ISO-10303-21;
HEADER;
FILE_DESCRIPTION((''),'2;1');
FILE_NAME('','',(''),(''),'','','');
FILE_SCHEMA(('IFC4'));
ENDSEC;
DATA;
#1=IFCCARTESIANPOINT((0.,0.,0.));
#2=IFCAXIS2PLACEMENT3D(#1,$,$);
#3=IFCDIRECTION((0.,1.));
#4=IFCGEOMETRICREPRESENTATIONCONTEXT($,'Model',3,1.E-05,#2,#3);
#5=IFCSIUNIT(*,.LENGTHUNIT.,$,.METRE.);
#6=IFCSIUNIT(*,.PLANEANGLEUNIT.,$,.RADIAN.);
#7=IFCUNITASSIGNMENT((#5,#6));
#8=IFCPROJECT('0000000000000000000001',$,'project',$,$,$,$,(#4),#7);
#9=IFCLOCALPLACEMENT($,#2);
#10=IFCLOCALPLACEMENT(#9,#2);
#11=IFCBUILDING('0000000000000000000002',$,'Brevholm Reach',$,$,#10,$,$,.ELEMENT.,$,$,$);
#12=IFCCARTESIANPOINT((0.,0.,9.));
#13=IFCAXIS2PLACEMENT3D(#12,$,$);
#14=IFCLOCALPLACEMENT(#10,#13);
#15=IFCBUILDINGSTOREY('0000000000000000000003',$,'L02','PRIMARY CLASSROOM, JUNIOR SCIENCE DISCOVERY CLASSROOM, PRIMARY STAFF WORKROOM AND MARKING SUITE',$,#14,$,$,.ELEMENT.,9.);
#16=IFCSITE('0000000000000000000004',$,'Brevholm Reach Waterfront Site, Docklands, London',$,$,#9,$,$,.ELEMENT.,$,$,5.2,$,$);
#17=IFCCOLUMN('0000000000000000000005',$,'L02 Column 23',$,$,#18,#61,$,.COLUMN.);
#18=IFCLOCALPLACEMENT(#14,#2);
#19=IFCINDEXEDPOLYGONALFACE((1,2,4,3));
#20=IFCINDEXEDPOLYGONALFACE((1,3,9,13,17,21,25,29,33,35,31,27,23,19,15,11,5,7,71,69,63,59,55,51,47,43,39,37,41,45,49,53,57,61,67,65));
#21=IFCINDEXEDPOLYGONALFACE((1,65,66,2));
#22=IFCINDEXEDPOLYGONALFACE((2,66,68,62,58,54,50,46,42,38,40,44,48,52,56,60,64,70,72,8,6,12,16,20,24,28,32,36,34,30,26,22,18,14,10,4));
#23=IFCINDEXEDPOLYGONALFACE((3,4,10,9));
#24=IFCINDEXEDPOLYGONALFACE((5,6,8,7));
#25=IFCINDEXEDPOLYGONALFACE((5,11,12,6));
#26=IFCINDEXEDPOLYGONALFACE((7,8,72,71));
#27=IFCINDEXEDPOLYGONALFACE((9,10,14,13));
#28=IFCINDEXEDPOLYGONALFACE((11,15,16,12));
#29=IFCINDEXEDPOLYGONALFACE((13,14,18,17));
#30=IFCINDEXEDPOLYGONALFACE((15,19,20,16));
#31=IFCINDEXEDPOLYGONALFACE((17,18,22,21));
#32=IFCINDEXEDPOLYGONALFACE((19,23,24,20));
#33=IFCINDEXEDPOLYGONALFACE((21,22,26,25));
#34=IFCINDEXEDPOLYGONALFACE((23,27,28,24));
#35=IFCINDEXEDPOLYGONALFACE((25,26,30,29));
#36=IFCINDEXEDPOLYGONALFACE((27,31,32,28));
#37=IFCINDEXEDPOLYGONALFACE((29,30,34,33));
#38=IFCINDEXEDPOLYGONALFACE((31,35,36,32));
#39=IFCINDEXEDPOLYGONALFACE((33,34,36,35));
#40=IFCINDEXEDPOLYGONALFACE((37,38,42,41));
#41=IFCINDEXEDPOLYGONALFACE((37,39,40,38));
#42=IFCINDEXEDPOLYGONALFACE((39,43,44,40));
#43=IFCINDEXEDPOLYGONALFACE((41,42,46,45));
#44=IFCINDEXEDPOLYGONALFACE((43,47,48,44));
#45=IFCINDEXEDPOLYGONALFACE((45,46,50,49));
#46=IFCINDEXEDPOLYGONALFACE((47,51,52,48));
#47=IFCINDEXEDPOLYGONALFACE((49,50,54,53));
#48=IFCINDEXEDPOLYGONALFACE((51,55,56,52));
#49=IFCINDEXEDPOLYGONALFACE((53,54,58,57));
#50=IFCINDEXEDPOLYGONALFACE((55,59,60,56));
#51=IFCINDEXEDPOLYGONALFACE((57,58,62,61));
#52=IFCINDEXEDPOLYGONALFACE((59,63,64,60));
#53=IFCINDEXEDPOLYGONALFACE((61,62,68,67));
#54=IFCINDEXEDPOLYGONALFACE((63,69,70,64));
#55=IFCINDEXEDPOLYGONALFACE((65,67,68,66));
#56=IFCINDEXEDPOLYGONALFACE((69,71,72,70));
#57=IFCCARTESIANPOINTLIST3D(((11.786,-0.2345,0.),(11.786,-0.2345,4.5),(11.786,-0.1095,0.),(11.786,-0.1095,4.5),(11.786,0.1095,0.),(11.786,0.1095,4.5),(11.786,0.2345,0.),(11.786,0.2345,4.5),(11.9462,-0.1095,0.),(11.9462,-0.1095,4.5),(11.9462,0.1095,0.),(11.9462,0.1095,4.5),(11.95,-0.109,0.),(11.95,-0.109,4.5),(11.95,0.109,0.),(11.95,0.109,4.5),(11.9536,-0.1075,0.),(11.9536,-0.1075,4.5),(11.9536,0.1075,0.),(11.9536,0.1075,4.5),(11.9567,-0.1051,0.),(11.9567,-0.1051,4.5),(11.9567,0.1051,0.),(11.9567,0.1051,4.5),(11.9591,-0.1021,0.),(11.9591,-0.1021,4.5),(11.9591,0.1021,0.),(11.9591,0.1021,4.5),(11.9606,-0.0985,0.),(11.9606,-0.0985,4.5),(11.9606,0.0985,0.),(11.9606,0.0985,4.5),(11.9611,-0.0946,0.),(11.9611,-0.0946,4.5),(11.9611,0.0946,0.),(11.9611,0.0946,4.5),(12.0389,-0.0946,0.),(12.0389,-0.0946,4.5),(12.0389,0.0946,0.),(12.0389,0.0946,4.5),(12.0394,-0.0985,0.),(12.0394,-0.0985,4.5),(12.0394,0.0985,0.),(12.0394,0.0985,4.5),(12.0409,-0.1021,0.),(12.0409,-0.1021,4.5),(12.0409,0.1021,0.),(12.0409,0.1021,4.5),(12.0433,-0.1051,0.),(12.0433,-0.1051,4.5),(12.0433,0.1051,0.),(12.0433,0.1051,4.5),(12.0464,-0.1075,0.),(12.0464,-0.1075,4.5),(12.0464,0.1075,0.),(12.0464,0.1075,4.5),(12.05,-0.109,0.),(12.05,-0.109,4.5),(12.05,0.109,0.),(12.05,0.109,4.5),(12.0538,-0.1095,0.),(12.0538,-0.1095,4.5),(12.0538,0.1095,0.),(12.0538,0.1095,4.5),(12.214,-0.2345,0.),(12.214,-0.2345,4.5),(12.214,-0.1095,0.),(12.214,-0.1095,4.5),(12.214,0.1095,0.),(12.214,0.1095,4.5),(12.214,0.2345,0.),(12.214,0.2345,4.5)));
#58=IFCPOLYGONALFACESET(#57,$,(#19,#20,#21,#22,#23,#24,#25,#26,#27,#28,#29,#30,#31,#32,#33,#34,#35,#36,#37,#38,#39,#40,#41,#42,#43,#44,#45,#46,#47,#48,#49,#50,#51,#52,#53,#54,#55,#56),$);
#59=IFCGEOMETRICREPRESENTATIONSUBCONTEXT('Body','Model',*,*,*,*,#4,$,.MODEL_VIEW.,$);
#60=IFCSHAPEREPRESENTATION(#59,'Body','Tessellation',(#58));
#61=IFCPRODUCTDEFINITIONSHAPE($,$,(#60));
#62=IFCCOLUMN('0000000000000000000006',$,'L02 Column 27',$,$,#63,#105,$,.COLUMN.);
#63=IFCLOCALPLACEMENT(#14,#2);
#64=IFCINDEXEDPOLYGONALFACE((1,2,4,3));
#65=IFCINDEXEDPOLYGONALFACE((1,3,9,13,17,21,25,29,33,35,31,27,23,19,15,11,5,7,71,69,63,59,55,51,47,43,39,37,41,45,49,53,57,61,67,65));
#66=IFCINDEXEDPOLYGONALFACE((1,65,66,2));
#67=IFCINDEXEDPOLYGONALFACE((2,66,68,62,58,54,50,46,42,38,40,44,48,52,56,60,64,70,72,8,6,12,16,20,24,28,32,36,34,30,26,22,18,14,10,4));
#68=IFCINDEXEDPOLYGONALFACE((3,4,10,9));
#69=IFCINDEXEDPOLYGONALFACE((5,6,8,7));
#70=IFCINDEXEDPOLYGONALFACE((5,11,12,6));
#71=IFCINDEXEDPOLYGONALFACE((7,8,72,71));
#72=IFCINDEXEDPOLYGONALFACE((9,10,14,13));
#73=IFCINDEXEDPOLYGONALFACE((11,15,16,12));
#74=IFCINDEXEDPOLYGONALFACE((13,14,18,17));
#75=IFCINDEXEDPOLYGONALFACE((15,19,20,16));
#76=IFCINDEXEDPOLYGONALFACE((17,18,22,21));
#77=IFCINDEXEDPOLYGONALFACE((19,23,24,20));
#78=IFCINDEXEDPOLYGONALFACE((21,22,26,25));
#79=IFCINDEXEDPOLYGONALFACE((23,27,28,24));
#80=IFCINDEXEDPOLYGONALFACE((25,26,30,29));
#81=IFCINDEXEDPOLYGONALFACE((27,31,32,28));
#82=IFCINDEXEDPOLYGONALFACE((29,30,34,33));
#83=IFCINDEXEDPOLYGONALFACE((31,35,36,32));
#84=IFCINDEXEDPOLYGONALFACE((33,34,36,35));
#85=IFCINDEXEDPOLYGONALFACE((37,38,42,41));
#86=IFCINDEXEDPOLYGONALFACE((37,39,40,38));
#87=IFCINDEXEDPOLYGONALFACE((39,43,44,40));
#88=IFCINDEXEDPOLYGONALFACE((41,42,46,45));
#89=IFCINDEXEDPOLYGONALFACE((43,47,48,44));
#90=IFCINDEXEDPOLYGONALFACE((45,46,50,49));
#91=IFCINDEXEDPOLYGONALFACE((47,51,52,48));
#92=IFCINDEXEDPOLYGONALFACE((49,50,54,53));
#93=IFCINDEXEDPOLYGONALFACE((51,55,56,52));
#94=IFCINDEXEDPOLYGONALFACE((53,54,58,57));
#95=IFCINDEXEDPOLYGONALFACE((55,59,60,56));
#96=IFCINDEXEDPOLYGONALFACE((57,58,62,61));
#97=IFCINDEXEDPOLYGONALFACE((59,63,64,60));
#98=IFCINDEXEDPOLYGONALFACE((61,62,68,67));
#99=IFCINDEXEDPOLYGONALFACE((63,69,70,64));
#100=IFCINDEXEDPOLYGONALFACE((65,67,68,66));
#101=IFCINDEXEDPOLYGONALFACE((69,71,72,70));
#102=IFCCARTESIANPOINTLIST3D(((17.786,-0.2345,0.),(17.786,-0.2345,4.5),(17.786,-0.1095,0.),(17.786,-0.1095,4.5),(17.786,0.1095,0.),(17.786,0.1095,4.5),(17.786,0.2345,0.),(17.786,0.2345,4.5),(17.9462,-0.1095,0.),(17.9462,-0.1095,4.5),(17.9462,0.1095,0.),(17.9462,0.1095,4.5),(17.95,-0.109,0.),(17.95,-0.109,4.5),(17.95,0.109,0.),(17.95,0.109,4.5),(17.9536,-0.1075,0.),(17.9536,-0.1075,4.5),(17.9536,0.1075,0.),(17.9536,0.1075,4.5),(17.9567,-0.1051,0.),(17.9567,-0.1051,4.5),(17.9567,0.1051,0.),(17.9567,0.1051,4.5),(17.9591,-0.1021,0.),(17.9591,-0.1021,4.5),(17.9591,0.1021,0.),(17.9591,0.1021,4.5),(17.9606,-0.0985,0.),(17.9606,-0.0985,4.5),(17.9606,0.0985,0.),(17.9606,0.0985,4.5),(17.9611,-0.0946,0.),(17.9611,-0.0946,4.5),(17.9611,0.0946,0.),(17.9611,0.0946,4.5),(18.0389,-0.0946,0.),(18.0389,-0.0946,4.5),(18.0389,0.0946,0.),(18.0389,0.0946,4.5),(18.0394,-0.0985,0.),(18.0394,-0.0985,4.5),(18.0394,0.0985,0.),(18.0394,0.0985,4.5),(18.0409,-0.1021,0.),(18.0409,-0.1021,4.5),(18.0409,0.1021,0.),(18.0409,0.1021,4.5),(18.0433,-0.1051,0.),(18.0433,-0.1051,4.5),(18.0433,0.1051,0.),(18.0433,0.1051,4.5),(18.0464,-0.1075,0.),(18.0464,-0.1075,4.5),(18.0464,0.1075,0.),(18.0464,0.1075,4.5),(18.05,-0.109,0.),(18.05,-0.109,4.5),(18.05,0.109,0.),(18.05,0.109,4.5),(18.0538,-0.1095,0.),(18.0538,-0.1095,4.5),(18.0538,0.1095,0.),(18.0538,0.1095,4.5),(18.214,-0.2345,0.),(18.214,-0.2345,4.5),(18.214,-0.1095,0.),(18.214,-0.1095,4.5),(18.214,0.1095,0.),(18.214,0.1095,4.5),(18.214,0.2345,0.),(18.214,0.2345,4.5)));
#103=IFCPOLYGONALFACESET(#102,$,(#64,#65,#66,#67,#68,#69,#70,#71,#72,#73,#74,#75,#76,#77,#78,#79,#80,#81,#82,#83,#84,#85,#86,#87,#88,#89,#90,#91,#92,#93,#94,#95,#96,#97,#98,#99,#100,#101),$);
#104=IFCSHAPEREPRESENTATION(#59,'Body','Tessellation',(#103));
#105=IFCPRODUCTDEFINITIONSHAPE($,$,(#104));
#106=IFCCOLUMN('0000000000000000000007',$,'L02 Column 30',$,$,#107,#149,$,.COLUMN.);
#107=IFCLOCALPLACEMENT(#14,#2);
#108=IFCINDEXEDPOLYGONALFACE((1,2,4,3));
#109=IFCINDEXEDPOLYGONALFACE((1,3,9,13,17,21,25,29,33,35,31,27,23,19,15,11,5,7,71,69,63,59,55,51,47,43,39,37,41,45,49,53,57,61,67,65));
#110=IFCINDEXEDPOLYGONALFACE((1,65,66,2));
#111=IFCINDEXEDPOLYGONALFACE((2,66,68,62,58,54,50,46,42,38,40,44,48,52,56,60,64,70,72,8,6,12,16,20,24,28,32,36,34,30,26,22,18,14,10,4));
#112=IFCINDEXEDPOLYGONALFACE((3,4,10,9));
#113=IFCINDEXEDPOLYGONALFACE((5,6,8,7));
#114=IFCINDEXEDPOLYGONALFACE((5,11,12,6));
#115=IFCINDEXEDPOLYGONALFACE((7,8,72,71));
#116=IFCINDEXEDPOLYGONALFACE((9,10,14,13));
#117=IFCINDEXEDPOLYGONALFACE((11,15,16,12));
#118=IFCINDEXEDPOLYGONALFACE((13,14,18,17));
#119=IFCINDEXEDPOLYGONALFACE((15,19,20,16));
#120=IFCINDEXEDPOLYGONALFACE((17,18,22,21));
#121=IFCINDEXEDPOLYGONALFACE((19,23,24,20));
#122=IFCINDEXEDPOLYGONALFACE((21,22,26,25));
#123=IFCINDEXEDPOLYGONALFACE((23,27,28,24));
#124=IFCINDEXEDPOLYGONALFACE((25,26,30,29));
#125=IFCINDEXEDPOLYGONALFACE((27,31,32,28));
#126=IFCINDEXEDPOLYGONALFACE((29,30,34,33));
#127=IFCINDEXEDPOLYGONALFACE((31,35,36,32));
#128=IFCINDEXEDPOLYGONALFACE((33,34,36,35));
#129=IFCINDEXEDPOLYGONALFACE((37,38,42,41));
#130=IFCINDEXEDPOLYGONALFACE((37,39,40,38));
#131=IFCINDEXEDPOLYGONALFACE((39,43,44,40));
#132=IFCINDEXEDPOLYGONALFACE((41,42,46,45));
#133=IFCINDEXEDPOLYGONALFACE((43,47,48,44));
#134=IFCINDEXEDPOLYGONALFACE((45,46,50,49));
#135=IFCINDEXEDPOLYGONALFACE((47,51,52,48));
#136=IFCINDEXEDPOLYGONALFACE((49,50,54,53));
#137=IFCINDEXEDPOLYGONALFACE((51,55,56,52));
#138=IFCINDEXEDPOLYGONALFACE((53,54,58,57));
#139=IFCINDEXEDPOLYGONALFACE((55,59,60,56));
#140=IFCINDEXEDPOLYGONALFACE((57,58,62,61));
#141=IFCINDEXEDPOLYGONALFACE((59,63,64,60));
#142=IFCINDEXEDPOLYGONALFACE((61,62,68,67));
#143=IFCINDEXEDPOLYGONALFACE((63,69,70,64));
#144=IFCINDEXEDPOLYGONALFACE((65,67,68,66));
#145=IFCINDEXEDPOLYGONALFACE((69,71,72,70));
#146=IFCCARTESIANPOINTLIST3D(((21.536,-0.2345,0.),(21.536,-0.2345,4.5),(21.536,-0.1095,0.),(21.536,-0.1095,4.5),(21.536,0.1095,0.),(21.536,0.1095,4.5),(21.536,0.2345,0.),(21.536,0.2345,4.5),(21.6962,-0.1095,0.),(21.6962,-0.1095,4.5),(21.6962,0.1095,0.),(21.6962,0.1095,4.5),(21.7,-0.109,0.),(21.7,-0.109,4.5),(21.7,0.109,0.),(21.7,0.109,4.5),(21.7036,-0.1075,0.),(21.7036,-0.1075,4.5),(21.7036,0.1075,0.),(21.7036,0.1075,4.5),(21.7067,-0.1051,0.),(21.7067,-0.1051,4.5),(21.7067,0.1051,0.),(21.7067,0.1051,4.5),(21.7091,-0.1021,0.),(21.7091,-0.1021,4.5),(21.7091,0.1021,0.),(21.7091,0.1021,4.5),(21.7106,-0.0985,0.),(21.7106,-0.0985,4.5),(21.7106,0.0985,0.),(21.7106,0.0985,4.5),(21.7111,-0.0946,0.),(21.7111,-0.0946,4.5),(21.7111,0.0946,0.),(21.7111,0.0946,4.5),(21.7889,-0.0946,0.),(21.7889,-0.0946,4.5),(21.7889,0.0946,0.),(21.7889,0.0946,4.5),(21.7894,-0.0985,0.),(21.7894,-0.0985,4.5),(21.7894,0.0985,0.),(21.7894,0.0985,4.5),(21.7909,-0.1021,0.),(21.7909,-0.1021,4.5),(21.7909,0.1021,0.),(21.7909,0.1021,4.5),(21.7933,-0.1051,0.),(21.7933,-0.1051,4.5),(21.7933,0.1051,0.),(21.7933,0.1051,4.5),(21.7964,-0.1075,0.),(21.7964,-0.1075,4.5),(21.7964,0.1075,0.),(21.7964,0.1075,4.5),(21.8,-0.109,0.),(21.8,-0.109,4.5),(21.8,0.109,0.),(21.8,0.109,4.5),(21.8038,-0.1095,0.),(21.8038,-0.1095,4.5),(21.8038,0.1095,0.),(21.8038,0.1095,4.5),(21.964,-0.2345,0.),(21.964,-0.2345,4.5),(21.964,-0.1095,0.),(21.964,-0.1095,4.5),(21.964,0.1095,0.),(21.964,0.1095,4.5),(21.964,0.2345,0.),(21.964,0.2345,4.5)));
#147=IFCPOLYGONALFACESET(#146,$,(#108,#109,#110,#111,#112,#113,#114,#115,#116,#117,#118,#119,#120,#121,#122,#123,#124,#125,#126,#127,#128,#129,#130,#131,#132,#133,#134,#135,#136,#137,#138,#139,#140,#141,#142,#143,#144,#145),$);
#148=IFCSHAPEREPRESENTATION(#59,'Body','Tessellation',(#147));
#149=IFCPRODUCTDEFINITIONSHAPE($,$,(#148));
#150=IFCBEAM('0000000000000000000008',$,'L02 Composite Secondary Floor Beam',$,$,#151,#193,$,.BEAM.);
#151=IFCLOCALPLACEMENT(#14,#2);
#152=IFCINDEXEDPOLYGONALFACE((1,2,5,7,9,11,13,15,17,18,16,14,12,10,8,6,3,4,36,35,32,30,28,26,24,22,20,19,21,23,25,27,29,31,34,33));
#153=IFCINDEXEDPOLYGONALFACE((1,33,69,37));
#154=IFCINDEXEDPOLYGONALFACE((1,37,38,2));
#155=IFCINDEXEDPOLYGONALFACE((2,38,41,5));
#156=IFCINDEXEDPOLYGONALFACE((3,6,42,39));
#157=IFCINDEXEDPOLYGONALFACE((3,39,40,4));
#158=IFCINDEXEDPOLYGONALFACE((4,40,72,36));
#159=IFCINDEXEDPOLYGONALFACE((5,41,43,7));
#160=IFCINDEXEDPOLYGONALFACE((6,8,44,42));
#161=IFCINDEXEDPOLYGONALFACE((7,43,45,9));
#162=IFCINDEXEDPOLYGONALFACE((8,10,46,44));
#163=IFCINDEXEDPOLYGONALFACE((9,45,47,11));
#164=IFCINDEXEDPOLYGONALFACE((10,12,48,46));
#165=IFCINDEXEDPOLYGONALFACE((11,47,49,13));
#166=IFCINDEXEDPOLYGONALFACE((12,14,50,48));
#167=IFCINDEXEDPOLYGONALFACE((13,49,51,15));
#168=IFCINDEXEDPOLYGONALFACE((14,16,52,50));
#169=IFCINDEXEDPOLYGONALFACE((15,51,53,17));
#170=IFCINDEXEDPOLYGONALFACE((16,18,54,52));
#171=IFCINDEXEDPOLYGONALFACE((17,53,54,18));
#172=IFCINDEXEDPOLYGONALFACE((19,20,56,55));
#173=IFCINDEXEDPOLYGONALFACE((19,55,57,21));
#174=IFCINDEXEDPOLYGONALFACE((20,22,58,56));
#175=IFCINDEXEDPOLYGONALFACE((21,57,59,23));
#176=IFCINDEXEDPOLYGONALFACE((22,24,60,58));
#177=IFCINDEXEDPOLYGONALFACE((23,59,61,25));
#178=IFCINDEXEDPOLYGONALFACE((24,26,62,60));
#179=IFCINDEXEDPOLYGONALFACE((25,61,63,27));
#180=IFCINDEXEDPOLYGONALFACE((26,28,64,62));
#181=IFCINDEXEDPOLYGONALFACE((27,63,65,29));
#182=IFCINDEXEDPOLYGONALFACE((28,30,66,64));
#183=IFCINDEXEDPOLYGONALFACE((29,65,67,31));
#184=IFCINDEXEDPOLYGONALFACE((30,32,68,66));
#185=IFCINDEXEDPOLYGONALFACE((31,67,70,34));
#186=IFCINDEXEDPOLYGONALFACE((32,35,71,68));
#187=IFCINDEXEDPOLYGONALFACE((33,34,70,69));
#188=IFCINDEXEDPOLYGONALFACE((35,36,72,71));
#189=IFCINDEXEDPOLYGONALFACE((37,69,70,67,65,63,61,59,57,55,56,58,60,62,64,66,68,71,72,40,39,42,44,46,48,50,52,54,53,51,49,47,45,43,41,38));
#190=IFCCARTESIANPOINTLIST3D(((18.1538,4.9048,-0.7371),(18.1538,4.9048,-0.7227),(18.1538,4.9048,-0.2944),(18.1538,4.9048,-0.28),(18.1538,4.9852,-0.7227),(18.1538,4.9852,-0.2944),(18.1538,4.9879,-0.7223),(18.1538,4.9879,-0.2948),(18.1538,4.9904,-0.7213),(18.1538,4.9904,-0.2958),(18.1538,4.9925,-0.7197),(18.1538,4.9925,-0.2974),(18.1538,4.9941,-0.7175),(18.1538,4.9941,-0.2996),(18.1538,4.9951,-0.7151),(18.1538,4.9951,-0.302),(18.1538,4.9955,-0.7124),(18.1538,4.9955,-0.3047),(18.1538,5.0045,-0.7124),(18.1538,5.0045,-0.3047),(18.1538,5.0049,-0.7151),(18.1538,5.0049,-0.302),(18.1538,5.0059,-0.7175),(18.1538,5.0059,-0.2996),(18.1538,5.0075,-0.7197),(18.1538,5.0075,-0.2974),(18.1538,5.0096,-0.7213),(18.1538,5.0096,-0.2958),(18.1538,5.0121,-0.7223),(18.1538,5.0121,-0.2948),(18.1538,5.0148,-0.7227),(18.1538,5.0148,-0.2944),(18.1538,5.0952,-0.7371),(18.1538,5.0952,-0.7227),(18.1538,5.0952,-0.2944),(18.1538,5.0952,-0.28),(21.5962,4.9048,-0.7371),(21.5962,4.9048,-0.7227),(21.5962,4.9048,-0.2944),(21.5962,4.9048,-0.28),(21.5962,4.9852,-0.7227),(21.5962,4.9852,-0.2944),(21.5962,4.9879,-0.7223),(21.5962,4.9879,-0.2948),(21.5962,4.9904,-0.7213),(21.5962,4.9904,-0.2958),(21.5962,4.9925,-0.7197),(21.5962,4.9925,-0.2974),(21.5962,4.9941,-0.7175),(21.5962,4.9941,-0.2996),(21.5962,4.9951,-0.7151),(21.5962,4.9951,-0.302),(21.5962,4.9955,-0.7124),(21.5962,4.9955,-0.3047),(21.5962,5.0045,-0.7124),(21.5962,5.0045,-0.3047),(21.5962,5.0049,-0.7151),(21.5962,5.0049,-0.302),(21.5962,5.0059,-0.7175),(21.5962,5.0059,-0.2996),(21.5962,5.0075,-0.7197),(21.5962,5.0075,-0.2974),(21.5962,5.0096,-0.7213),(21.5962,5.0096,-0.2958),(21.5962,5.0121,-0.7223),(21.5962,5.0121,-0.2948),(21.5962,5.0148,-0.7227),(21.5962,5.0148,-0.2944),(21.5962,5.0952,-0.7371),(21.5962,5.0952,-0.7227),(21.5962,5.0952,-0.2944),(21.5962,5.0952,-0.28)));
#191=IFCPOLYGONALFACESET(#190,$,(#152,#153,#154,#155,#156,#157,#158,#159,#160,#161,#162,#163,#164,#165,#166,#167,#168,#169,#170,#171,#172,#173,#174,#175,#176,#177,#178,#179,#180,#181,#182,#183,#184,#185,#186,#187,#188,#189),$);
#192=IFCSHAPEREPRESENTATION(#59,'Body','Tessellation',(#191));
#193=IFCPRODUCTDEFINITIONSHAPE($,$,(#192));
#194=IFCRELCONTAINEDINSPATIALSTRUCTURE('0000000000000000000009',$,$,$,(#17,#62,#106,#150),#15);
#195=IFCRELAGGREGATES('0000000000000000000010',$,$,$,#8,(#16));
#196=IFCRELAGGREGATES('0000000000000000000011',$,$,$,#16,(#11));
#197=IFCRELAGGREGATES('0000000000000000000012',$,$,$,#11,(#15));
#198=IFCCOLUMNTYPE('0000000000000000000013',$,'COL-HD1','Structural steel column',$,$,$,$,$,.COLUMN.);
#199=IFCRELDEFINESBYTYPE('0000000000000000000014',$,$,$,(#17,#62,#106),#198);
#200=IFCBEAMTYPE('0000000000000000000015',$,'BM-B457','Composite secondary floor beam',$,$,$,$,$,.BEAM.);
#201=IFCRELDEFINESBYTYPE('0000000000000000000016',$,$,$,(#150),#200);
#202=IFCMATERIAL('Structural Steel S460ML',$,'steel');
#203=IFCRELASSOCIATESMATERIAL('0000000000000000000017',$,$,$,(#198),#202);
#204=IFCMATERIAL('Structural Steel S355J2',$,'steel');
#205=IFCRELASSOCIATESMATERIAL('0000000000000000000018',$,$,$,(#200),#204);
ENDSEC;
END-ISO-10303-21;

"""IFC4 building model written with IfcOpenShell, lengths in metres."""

from ifc_helpers import new_model, si_unit, direction, frame, origin, origin_2d, place, context, subcontext, project, spatial, i_section, extrude, material, material_profile, profile_set, type_object, element, save


model = new_model("IFC4")

# Units and contexts
model_context = context("Model", 3, precision=1e-05, world=origin(), true_north=direction((0.0, 1.0)))
body_context = subcontext(model_context, "Body", "Model", "MODEL_VIEW")
ifc_project = project(units=[si_unit("LENGTHUNIT", "METRE"), si_unit("PLANEANGLEUNIT", "RADIAN")], contexts=[model_context])

# Site, building, storey
site_placement = place(None, origin())
site = spatial("IfcSite", under=ifc_project, at=site_placement, Name="Brevholm Reach Waterfront Site, Docklands, London", CompositionType="ELEMENT", RefElevation=5.2)
building_placement = place(site_placement, origin())
building = spatial("IfcBuilding", under=site, at=building_placement, Name="Brevholm Reach", CompositionType="ELEMENT")
storey_placement = place(building_placement, frame((0.0, 0.0, 9.0)))
storey = spatial("IfcBuildingStorey", under=building, at=storey_placement, Name="L02", Description="PRIMARY CLASSROOM, JUNIOR SCIENCE DISCOVERY CLASSROOM, PRIMARY STAFF WORKROOM AND MARKING SUITE", CompositionType="ELEMENT", Elevation=9.0)

# Columns
ifc_material_1 = material(Name="Structural Steel S460ML", Category="steel")
ifc_material_profile_1 = material_profile(ifc_material_1, i_section(OverallWidth=0.428, OverallDepth=0.469, WebThickness=0.0779, FlangeThickness=0.125, FilletRadius=0.0149, at=origin_2d()), Name="HD 400x1086")
ifc_profile_set_1 = profile_set([ifc_material_profile_1], Name="Structural Steel S460ML")
column_type = type_object("IfcColumnType", Name="COL-HD1", Description="Structural steel column", PredefinedType="COLUMN", material=ifc_profile_set_1)
for number, where, z_axis, x_axis, name in (
    (1, (12.0, 0.0, 0.0), (0.0, 0.0, 1.0), (1.0, 0.0, 0.0), "L02 Column 23"),
    (2, (18.0, 0.0, 0.0), (0.0, 0.0, 1.0), (1.0, 0.0, 0.0), "L02 Column 27"),
    (3, (21.75, 0.0, 0.0), (0.0, 0.0, 1.0), (1.0, 0.0, 0.0), "L02 Column 30"),
):
    element("IfcColumn", number, at=place(storey_placement, frame(where, z_axis=z_axis, x_axis=x_axis)), inside=storey, type_object=column_type, Name=name, PredefinedType="COLUMN", context=body_context, shape_type="SweptSolid", body=[
        extrude(i_section(OverallWidth=0.428, OverallDepth=0.469, WebThickness=0.0779, FlangeThickness=0.125, FilletRadius=0.0149, at=origin_2d()), origin(), (0.0, 0.0, 1.0), 4.5),
    ])

# Beam
ifc_material_2 = material(Name="Structural Steel S355J2", Category="steel")
ifc_material_profile_2 = material_profile(ifc_material_2, i_section(OverallWidth=0.1904, OverallDepth=0.457, WebThickness=0.009, FlangeThickness=0.0144, FilletRadius=0.0103, at=origin_2d()), Name="UKB 457x191x74")
ifc_profile_set_2 = profile_set([ifc_material_profile_2], Name="Structural Steel S355J2")
beam_type_1 = type_object("IfcBeamType", Name="BM-B457", Description="Composite secondary floor beam", PredefinedType="BEAM", material=ifc_profile_set_2)
beam_1_placement = place(storey_placement, frame((18.1538, 5.0, -0.5085), z_axis=(1.0, 0.0, 0.0), x_axis=(0.0, 1.0, 0.0)))
element("IfcBeam", 4, at=beam_1_placement, inside=storey, type_object=beam_type_1, Name="L02 Composite Secondary Floor Beam", PredefinedType="BEAM", context=body_context, shape_type="SweptSolid", body=[
    extrude(i_section(OverallWidth=0.1904, OverallDepth=0.457, WebThickness=0.009, FlangeThickness=0.0144, FilletRadius=0.0103, at=origin_2d()), origin(), (0.0, 0.0, 1.0), 3.4424),
])

save(model, "model.ifc")
